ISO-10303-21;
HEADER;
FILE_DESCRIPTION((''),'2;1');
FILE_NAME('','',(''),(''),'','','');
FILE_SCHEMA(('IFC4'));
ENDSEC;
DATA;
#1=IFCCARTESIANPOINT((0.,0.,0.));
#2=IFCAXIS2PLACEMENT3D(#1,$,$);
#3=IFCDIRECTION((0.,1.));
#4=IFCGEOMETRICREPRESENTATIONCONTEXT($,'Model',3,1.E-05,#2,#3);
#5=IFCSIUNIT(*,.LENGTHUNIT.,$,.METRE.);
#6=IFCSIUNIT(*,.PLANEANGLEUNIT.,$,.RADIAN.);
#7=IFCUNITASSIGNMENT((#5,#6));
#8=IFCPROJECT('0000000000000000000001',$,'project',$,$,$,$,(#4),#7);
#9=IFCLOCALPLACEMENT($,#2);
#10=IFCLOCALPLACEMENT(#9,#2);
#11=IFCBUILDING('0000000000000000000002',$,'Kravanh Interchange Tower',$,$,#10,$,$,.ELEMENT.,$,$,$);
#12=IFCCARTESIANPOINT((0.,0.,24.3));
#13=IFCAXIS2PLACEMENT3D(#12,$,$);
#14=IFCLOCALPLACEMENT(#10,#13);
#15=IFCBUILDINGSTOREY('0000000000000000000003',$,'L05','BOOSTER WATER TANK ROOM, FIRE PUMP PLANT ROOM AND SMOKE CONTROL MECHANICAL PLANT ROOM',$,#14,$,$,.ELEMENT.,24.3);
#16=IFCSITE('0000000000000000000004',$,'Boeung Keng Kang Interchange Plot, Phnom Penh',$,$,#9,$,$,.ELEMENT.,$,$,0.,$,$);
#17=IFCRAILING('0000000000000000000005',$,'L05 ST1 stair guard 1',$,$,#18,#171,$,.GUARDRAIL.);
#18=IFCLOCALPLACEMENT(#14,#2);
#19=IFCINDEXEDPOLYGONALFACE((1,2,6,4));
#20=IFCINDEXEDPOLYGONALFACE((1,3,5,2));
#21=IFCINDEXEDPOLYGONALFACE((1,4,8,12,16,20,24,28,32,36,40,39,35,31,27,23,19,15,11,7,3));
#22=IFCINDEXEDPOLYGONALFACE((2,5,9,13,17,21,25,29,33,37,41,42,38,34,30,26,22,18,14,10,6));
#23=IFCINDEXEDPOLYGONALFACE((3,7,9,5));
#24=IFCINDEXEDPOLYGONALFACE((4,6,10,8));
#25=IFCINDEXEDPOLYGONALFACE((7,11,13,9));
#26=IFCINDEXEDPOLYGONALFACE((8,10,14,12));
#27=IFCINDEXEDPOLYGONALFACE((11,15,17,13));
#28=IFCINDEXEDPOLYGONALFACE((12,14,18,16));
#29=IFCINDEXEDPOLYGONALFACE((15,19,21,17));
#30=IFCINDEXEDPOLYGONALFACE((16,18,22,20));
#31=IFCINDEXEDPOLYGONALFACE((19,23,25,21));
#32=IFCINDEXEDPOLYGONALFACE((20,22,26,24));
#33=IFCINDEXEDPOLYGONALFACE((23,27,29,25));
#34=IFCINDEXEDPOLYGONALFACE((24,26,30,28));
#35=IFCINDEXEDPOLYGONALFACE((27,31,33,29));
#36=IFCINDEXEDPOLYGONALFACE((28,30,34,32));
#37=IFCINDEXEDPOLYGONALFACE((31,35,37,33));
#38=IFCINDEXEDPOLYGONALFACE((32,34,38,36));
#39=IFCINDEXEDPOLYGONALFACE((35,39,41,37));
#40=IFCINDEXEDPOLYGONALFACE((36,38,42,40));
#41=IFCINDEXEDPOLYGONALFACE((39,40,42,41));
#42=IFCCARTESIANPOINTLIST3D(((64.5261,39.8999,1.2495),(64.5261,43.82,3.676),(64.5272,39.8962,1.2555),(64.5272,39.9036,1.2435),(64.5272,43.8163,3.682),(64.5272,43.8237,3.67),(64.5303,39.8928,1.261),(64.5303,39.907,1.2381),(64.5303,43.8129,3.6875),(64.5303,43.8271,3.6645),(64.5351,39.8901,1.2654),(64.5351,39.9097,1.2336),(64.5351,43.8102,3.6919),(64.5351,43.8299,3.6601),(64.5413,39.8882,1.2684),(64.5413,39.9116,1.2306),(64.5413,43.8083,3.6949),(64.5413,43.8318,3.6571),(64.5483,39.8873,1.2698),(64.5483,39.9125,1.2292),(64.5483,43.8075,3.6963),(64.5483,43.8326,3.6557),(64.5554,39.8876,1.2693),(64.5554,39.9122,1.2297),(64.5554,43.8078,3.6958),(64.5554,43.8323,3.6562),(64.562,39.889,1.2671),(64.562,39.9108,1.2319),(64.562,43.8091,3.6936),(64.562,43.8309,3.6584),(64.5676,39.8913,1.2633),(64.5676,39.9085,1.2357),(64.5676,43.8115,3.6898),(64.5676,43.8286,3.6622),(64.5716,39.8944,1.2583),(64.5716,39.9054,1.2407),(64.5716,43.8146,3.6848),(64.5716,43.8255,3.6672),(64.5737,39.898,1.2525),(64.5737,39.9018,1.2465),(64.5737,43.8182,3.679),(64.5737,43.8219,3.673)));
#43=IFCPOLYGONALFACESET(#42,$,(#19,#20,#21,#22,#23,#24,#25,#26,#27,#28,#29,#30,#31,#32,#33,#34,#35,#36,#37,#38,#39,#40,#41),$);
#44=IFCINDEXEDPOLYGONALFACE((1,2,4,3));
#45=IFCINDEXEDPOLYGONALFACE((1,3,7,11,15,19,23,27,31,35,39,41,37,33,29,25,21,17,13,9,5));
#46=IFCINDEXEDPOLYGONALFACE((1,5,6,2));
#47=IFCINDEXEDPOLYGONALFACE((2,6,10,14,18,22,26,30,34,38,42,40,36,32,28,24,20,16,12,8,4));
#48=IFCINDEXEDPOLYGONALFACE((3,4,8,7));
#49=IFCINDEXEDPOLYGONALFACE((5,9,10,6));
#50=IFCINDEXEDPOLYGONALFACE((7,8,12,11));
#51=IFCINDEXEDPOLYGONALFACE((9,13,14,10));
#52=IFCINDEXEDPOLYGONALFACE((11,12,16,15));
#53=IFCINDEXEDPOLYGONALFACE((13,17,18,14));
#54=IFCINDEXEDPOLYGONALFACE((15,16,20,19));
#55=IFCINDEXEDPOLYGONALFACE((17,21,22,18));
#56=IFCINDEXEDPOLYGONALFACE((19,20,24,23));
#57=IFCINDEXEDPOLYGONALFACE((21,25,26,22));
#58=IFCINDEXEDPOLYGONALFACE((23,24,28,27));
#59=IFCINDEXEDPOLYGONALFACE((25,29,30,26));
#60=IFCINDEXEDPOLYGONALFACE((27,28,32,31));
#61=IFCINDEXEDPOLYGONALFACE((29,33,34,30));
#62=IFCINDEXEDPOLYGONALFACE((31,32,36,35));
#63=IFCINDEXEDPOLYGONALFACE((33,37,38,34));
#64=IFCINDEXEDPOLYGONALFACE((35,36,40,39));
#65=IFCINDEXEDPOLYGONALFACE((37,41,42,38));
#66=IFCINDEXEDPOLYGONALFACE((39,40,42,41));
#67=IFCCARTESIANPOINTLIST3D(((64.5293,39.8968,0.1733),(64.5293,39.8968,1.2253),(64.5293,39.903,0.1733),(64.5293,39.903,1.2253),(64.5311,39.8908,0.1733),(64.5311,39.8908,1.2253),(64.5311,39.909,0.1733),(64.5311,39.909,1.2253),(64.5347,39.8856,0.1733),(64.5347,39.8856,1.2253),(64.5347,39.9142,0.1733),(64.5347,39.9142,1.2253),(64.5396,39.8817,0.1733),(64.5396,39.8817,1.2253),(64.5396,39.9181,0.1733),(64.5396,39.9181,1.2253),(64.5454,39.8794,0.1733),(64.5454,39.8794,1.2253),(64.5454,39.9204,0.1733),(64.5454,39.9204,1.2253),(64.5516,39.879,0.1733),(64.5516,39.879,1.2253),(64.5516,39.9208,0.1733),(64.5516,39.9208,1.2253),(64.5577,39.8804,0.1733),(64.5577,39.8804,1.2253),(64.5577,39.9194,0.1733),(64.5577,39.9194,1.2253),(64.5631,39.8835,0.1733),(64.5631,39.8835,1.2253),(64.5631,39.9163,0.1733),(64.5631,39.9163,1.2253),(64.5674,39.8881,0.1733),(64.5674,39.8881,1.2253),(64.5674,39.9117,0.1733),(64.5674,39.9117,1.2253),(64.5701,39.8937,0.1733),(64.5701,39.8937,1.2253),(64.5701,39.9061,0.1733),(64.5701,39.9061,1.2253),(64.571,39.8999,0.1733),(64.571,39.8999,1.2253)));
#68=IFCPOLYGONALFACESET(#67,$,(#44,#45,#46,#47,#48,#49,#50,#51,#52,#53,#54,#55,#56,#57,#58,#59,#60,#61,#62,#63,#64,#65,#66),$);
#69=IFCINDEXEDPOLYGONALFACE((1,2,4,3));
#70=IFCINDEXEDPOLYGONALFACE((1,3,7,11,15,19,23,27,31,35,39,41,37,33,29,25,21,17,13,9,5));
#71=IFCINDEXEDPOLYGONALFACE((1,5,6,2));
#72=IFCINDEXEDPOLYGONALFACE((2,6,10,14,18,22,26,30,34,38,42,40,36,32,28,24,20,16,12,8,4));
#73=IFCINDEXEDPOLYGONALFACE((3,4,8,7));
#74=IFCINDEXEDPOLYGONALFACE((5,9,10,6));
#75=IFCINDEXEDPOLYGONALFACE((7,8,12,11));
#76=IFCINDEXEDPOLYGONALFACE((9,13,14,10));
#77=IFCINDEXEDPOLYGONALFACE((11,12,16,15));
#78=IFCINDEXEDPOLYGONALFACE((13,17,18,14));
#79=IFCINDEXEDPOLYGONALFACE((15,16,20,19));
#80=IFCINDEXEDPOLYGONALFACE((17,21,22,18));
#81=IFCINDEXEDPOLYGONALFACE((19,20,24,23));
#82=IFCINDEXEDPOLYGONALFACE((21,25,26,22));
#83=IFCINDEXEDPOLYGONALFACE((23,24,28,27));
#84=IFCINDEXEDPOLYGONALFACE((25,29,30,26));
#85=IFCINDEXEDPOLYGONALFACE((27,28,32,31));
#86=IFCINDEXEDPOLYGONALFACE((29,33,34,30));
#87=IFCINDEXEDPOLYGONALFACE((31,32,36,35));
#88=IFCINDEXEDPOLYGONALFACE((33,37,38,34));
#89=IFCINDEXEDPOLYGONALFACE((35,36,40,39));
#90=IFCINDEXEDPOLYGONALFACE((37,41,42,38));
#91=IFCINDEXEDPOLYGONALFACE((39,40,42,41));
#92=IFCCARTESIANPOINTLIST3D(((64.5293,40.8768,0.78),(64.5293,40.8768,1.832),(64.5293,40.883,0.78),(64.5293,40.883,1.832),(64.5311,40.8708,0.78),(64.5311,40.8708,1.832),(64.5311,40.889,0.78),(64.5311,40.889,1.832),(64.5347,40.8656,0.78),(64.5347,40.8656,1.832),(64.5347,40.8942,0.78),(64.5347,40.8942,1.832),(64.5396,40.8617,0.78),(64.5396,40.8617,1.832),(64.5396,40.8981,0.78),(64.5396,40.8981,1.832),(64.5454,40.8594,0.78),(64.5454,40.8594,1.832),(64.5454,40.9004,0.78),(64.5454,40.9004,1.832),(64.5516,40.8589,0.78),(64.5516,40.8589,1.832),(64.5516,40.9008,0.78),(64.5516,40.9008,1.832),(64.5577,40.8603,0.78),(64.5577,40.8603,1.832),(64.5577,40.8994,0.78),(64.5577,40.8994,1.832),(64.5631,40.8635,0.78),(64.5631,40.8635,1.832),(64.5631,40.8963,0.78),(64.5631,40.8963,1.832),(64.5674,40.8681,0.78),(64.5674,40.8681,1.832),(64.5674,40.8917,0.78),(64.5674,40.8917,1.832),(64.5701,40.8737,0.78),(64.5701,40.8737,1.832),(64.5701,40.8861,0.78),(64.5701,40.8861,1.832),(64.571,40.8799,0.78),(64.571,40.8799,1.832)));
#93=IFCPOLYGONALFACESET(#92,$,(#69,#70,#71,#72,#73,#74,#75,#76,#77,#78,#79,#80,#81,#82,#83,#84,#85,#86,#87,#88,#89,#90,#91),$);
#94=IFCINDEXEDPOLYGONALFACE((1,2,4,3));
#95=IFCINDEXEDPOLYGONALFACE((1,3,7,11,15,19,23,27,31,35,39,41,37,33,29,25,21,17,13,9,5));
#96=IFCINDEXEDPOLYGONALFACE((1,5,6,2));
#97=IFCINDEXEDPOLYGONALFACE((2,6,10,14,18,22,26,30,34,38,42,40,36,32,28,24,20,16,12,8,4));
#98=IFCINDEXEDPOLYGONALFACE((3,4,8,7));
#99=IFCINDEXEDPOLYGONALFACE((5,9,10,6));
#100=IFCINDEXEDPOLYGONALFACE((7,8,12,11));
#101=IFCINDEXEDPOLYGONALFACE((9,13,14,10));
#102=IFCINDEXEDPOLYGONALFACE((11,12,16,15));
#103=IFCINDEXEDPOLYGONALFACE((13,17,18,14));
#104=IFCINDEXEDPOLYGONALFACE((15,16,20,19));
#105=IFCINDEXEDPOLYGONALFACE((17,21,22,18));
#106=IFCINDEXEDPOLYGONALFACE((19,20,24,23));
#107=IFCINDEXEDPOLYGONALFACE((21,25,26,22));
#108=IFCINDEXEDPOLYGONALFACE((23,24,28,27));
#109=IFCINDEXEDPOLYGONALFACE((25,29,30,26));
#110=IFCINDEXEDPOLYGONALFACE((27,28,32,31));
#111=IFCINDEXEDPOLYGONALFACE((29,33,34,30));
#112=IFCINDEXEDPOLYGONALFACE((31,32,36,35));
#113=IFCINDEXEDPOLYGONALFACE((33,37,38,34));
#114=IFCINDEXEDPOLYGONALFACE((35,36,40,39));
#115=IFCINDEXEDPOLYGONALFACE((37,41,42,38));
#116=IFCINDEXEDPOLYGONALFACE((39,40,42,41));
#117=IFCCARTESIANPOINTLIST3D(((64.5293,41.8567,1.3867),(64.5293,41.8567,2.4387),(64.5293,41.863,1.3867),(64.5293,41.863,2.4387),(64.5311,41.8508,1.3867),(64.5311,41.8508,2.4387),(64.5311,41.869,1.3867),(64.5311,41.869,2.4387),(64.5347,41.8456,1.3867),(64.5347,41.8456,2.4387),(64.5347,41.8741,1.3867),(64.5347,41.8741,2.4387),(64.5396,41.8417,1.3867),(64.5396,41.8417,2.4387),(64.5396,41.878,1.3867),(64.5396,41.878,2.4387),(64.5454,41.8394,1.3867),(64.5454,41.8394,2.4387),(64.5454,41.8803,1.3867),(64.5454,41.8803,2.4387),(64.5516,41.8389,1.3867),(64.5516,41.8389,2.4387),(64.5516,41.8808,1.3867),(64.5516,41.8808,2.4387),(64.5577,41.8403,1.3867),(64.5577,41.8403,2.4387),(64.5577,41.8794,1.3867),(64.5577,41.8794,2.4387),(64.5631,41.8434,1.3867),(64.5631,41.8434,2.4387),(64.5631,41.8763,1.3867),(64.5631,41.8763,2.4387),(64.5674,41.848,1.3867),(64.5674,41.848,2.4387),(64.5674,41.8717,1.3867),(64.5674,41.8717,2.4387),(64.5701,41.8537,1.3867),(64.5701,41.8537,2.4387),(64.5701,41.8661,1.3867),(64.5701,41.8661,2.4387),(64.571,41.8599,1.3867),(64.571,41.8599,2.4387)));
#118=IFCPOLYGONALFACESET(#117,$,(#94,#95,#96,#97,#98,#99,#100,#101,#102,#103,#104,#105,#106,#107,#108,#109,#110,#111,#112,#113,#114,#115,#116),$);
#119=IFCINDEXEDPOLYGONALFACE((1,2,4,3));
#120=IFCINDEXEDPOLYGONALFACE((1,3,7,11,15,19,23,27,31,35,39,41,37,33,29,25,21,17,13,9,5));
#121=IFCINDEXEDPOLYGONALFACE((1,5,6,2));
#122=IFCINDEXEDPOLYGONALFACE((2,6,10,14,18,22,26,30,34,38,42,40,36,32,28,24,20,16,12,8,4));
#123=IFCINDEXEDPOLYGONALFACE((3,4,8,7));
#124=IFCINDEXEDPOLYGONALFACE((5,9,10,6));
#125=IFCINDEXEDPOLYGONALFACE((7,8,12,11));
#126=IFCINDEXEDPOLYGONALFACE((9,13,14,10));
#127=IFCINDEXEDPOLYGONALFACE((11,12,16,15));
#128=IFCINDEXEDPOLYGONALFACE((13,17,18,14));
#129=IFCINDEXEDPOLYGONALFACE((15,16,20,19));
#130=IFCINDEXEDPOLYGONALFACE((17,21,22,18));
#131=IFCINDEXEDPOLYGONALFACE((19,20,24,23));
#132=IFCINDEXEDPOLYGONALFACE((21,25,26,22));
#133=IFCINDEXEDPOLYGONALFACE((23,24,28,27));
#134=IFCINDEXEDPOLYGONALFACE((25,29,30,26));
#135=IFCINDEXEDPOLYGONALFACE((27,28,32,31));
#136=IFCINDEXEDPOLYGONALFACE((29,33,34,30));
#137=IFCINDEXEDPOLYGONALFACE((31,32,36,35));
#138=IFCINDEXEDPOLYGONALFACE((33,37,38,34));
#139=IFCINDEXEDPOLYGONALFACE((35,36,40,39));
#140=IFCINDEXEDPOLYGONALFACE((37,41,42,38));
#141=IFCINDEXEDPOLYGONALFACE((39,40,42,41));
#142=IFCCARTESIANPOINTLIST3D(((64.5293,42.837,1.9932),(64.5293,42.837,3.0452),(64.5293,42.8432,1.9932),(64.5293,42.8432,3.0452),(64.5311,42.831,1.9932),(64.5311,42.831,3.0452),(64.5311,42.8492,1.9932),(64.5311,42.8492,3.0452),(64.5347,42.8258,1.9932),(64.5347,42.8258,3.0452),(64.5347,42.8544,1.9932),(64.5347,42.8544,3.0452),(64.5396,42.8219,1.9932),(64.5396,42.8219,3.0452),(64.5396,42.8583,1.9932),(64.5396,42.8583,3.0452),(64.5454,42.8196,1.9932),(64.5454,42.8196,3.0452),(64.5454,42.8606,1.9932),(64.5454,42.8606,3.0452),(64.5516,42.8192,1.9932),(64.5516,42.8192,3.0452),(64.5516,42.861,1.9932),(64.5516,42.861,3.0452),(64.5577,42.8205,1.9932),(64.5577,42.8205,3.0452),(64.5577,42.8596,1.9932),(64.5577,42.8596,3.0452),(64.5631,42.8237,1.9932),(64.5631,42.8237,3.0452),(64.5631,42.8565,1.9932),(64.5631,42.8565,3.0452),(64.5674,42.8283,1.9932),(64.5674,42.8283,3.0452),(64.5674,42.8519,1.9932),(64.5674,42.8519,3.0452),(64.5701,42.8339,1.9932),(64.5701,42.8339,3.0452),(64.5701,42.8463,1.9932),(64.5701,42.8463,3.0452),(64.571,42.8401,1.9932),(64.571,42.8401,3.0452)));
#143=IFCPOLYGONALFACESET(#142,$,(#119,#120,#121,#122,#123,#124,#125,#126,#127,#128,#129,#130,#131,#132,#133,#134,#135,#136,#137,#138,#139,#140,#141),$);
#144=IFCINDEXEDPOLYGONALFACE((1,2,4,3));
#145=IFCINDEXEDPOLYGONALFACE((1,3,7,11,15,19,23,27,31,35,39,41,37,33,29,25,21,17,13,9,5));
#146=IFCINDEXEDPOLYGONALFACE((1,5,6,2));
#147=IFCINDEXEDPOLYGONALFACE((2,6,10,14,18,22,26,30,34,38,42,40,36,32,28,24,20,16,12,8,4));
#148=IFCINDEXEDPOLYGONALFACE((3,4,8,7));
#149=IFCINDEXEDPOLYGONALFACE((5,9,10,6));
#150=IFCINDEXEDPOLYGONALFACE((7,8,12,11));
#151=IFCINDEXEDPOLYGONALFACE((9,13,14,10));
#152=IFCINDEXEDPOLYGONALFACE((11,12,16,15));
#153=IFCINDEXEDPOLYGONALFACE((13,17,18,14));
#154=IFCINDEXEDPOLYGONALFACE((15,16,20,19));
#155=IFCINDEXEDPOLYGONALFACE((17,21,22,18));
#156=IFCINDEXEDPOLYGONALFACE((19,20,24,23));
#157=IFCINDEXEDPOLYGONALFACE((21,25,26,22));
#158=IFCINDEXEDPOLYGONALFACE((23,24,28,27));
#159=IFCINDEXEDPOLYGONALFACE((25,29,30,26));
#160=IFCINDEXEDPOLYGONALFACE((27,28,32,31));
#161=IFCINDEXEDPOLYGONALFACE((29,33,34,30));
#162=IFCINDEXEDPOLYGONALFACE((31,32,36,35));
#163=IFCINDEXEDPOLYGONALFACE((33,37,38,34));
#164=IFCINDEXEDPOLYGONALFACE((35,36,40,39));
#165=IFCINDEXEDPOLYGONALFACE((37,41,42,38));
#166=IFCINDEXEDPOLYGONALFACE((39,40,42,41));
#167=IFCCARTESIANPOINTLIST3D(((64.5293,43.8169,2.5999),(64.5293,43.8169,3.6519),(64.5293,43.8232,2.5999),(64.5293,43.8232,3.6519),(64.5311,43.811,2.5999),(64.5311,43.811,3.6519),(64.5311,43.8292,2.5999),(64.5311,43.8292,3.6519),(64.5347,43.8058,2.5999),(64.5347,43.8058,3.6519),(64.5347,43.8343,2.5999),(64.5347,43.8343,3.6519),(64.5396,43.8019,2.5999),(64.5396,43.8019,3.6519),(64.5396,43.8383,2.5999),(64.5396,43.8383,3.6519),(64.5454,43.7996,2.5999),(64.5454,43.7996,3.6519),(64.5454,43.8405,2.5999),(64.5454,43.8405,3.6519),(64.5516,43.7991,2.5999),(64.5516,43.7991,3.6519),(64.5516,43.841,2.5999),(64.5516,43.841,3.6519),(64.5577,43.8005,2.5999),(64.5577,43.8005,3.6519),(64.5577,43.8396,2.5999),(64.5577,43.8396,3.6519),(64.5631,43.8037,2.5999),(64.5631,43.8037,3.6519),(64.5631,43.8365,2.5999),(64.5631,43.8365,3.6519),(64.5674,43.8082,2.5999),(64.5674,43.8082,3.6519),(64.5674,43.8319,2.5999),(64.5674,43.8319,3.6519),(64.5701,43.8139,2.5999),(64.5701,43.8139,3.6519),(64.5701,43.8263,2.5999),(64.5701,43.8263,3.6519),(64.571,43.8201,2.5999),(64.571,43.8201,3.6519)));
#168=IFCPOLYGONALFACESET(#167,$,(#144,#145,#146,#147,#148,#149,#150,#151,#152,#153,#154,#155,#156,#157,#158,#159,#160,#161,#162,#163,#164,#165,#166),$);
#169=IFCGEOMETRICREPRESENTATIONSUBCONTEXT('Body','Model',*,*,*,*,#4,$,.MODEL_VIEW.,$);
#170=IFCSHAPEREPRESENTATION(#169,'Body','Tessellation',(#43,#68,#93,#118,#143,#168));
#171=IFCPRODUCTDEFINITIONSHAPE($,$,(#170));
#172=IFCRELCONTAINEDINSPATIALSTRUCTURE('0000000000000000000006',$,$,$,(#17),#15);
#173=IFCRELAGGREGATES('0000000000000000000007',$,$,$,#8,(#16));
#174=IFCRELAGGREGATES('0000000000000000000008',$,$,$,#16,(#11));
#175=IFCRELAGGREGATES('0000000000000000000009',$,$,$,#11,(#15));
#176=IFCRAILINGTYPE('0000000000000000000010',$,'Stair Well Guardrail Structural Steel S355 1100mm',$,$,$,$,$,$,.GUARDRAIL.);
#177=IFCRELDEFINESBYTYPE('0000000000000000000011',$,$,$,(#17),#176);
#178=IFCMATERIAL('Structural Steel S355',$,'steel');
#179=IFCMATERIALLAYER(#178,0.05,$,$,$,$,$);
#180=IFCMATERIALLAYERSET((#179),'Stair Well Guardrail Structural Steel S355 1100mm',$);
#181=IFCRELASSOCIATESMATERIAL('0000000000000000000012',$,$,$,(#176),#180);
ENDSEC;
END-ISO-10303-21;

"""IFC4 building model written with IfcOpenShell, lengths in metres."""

from ifc_helpers import new_model, si_unit, direction, frame, origin, origin_2d, place, context, subcontext, project, spatial, circle, extrude, material, layer, layer_set, type_object, element, save


model = new_model("IFC4")

# Units and contexts
model_context = context("Model", 3, precision=1e-05, world=origin(), true_north=direction((0.0, 1.0)))
body_context = subcontext(model_context, "Body", "Model", "MODEL_VIEW")
ifc_project = project(units=[si_unit("LENGTHUNIT", "METRE"), si_unit("PLANEANGLEUNIT", "RADIAN")], contexts=[model_context])

# Site, building, storey
site_placement = place(None, origin())
site = spatial("IfcSite", under=ifc_project, at=site_placement, Name="Boeung Keng Kang Interchange Plot, Phnom Penh", CompositionType="ELEMENT", RefElevation=0.0)
building_placement = place(site_placement, origin())
building = spatial("IfcBuilding", under=site, at=building_placement, Name="Kravanh Interchange Tower", CompositionType="ELEMENT")
storey_placement = place(building_placement, frame((0.0, 0.0, 24.3)))
storey = spatial("IfcBuildingStorey", under=building, at=storey_placement, Name="L05", Description="BOOSTER WATER TANK ROOM, FIRE PUMP PLANT ROOM AND SMOKE CONTROL MECHANICAL PLANT ROOM", CompositionType="ELEMENT", Elevation=24.3)

# Railing
ifc_material_1 = material(Name="Structural Steel S355", Category="steel")
ifc_layer_1 = layer(ifc_material_1, 0.05)
ifc_layer_set_1 = layer_set([ifc_layer_1], Name="Stair Well Guardrail Structural Steel S355 1100mm")
railing_type_1 = type_object("IfcRailingType", Name="Stair Well Guardrail Structural Steel S355 1100mm", PredefinedType="GUARDRAIL", material=ifc_layer_set_1)
railing_1_placement = place(storey_placement, frame((64.55, 39.8999, 0.1733)))
element("IfcRailing", 1, at=railing_1_placement, inside=storey, type_object=railing_type_1, Name="L05 ST1 stair guard 1", PredefinedType="GUARDRAIL", context=body_context, shape_type="SweptSolid", body=[
    extrude(circle(Radius=0.0239, at=origin_2d()), frame((0.0, 0.0, 1.0762), z_axis=(0.0, 0.85029, 0.526315), x_axis=(-1.0, 0.0, 0.0)), (0.0, 0.0, 1.0), 4.6104),
    extrude(circle(Radius=0.021, at=origin_2d()), origin(), (0.0, 0.0, 1.0), 1.052),
    extrude(circle(Radius=0.021, at=origin_2d()), frame((0.0, 0.98, 0.6067)), (0.0, 0.0, 1.0), 1.052),
    extrude(circle(Radius=0.021, at=origin_2d()), frame((0.0, 1.96, 1.2134)), (0.0, 0.0, 1.0), 1.052),
    extrude(circle(Radius=0.021, at=origin_2d()), frame((0.0, 2.9402, 1.8198)), (0.0, 0.0, 1.0), 1.052),
    extrude(circle(Radius=0.021, at=origin_2d()), frame((0.0, 3.9202, 2.4265)), (0.0, 0.0, 1.0), 1.052),
])

save(model, "model.ifc")
